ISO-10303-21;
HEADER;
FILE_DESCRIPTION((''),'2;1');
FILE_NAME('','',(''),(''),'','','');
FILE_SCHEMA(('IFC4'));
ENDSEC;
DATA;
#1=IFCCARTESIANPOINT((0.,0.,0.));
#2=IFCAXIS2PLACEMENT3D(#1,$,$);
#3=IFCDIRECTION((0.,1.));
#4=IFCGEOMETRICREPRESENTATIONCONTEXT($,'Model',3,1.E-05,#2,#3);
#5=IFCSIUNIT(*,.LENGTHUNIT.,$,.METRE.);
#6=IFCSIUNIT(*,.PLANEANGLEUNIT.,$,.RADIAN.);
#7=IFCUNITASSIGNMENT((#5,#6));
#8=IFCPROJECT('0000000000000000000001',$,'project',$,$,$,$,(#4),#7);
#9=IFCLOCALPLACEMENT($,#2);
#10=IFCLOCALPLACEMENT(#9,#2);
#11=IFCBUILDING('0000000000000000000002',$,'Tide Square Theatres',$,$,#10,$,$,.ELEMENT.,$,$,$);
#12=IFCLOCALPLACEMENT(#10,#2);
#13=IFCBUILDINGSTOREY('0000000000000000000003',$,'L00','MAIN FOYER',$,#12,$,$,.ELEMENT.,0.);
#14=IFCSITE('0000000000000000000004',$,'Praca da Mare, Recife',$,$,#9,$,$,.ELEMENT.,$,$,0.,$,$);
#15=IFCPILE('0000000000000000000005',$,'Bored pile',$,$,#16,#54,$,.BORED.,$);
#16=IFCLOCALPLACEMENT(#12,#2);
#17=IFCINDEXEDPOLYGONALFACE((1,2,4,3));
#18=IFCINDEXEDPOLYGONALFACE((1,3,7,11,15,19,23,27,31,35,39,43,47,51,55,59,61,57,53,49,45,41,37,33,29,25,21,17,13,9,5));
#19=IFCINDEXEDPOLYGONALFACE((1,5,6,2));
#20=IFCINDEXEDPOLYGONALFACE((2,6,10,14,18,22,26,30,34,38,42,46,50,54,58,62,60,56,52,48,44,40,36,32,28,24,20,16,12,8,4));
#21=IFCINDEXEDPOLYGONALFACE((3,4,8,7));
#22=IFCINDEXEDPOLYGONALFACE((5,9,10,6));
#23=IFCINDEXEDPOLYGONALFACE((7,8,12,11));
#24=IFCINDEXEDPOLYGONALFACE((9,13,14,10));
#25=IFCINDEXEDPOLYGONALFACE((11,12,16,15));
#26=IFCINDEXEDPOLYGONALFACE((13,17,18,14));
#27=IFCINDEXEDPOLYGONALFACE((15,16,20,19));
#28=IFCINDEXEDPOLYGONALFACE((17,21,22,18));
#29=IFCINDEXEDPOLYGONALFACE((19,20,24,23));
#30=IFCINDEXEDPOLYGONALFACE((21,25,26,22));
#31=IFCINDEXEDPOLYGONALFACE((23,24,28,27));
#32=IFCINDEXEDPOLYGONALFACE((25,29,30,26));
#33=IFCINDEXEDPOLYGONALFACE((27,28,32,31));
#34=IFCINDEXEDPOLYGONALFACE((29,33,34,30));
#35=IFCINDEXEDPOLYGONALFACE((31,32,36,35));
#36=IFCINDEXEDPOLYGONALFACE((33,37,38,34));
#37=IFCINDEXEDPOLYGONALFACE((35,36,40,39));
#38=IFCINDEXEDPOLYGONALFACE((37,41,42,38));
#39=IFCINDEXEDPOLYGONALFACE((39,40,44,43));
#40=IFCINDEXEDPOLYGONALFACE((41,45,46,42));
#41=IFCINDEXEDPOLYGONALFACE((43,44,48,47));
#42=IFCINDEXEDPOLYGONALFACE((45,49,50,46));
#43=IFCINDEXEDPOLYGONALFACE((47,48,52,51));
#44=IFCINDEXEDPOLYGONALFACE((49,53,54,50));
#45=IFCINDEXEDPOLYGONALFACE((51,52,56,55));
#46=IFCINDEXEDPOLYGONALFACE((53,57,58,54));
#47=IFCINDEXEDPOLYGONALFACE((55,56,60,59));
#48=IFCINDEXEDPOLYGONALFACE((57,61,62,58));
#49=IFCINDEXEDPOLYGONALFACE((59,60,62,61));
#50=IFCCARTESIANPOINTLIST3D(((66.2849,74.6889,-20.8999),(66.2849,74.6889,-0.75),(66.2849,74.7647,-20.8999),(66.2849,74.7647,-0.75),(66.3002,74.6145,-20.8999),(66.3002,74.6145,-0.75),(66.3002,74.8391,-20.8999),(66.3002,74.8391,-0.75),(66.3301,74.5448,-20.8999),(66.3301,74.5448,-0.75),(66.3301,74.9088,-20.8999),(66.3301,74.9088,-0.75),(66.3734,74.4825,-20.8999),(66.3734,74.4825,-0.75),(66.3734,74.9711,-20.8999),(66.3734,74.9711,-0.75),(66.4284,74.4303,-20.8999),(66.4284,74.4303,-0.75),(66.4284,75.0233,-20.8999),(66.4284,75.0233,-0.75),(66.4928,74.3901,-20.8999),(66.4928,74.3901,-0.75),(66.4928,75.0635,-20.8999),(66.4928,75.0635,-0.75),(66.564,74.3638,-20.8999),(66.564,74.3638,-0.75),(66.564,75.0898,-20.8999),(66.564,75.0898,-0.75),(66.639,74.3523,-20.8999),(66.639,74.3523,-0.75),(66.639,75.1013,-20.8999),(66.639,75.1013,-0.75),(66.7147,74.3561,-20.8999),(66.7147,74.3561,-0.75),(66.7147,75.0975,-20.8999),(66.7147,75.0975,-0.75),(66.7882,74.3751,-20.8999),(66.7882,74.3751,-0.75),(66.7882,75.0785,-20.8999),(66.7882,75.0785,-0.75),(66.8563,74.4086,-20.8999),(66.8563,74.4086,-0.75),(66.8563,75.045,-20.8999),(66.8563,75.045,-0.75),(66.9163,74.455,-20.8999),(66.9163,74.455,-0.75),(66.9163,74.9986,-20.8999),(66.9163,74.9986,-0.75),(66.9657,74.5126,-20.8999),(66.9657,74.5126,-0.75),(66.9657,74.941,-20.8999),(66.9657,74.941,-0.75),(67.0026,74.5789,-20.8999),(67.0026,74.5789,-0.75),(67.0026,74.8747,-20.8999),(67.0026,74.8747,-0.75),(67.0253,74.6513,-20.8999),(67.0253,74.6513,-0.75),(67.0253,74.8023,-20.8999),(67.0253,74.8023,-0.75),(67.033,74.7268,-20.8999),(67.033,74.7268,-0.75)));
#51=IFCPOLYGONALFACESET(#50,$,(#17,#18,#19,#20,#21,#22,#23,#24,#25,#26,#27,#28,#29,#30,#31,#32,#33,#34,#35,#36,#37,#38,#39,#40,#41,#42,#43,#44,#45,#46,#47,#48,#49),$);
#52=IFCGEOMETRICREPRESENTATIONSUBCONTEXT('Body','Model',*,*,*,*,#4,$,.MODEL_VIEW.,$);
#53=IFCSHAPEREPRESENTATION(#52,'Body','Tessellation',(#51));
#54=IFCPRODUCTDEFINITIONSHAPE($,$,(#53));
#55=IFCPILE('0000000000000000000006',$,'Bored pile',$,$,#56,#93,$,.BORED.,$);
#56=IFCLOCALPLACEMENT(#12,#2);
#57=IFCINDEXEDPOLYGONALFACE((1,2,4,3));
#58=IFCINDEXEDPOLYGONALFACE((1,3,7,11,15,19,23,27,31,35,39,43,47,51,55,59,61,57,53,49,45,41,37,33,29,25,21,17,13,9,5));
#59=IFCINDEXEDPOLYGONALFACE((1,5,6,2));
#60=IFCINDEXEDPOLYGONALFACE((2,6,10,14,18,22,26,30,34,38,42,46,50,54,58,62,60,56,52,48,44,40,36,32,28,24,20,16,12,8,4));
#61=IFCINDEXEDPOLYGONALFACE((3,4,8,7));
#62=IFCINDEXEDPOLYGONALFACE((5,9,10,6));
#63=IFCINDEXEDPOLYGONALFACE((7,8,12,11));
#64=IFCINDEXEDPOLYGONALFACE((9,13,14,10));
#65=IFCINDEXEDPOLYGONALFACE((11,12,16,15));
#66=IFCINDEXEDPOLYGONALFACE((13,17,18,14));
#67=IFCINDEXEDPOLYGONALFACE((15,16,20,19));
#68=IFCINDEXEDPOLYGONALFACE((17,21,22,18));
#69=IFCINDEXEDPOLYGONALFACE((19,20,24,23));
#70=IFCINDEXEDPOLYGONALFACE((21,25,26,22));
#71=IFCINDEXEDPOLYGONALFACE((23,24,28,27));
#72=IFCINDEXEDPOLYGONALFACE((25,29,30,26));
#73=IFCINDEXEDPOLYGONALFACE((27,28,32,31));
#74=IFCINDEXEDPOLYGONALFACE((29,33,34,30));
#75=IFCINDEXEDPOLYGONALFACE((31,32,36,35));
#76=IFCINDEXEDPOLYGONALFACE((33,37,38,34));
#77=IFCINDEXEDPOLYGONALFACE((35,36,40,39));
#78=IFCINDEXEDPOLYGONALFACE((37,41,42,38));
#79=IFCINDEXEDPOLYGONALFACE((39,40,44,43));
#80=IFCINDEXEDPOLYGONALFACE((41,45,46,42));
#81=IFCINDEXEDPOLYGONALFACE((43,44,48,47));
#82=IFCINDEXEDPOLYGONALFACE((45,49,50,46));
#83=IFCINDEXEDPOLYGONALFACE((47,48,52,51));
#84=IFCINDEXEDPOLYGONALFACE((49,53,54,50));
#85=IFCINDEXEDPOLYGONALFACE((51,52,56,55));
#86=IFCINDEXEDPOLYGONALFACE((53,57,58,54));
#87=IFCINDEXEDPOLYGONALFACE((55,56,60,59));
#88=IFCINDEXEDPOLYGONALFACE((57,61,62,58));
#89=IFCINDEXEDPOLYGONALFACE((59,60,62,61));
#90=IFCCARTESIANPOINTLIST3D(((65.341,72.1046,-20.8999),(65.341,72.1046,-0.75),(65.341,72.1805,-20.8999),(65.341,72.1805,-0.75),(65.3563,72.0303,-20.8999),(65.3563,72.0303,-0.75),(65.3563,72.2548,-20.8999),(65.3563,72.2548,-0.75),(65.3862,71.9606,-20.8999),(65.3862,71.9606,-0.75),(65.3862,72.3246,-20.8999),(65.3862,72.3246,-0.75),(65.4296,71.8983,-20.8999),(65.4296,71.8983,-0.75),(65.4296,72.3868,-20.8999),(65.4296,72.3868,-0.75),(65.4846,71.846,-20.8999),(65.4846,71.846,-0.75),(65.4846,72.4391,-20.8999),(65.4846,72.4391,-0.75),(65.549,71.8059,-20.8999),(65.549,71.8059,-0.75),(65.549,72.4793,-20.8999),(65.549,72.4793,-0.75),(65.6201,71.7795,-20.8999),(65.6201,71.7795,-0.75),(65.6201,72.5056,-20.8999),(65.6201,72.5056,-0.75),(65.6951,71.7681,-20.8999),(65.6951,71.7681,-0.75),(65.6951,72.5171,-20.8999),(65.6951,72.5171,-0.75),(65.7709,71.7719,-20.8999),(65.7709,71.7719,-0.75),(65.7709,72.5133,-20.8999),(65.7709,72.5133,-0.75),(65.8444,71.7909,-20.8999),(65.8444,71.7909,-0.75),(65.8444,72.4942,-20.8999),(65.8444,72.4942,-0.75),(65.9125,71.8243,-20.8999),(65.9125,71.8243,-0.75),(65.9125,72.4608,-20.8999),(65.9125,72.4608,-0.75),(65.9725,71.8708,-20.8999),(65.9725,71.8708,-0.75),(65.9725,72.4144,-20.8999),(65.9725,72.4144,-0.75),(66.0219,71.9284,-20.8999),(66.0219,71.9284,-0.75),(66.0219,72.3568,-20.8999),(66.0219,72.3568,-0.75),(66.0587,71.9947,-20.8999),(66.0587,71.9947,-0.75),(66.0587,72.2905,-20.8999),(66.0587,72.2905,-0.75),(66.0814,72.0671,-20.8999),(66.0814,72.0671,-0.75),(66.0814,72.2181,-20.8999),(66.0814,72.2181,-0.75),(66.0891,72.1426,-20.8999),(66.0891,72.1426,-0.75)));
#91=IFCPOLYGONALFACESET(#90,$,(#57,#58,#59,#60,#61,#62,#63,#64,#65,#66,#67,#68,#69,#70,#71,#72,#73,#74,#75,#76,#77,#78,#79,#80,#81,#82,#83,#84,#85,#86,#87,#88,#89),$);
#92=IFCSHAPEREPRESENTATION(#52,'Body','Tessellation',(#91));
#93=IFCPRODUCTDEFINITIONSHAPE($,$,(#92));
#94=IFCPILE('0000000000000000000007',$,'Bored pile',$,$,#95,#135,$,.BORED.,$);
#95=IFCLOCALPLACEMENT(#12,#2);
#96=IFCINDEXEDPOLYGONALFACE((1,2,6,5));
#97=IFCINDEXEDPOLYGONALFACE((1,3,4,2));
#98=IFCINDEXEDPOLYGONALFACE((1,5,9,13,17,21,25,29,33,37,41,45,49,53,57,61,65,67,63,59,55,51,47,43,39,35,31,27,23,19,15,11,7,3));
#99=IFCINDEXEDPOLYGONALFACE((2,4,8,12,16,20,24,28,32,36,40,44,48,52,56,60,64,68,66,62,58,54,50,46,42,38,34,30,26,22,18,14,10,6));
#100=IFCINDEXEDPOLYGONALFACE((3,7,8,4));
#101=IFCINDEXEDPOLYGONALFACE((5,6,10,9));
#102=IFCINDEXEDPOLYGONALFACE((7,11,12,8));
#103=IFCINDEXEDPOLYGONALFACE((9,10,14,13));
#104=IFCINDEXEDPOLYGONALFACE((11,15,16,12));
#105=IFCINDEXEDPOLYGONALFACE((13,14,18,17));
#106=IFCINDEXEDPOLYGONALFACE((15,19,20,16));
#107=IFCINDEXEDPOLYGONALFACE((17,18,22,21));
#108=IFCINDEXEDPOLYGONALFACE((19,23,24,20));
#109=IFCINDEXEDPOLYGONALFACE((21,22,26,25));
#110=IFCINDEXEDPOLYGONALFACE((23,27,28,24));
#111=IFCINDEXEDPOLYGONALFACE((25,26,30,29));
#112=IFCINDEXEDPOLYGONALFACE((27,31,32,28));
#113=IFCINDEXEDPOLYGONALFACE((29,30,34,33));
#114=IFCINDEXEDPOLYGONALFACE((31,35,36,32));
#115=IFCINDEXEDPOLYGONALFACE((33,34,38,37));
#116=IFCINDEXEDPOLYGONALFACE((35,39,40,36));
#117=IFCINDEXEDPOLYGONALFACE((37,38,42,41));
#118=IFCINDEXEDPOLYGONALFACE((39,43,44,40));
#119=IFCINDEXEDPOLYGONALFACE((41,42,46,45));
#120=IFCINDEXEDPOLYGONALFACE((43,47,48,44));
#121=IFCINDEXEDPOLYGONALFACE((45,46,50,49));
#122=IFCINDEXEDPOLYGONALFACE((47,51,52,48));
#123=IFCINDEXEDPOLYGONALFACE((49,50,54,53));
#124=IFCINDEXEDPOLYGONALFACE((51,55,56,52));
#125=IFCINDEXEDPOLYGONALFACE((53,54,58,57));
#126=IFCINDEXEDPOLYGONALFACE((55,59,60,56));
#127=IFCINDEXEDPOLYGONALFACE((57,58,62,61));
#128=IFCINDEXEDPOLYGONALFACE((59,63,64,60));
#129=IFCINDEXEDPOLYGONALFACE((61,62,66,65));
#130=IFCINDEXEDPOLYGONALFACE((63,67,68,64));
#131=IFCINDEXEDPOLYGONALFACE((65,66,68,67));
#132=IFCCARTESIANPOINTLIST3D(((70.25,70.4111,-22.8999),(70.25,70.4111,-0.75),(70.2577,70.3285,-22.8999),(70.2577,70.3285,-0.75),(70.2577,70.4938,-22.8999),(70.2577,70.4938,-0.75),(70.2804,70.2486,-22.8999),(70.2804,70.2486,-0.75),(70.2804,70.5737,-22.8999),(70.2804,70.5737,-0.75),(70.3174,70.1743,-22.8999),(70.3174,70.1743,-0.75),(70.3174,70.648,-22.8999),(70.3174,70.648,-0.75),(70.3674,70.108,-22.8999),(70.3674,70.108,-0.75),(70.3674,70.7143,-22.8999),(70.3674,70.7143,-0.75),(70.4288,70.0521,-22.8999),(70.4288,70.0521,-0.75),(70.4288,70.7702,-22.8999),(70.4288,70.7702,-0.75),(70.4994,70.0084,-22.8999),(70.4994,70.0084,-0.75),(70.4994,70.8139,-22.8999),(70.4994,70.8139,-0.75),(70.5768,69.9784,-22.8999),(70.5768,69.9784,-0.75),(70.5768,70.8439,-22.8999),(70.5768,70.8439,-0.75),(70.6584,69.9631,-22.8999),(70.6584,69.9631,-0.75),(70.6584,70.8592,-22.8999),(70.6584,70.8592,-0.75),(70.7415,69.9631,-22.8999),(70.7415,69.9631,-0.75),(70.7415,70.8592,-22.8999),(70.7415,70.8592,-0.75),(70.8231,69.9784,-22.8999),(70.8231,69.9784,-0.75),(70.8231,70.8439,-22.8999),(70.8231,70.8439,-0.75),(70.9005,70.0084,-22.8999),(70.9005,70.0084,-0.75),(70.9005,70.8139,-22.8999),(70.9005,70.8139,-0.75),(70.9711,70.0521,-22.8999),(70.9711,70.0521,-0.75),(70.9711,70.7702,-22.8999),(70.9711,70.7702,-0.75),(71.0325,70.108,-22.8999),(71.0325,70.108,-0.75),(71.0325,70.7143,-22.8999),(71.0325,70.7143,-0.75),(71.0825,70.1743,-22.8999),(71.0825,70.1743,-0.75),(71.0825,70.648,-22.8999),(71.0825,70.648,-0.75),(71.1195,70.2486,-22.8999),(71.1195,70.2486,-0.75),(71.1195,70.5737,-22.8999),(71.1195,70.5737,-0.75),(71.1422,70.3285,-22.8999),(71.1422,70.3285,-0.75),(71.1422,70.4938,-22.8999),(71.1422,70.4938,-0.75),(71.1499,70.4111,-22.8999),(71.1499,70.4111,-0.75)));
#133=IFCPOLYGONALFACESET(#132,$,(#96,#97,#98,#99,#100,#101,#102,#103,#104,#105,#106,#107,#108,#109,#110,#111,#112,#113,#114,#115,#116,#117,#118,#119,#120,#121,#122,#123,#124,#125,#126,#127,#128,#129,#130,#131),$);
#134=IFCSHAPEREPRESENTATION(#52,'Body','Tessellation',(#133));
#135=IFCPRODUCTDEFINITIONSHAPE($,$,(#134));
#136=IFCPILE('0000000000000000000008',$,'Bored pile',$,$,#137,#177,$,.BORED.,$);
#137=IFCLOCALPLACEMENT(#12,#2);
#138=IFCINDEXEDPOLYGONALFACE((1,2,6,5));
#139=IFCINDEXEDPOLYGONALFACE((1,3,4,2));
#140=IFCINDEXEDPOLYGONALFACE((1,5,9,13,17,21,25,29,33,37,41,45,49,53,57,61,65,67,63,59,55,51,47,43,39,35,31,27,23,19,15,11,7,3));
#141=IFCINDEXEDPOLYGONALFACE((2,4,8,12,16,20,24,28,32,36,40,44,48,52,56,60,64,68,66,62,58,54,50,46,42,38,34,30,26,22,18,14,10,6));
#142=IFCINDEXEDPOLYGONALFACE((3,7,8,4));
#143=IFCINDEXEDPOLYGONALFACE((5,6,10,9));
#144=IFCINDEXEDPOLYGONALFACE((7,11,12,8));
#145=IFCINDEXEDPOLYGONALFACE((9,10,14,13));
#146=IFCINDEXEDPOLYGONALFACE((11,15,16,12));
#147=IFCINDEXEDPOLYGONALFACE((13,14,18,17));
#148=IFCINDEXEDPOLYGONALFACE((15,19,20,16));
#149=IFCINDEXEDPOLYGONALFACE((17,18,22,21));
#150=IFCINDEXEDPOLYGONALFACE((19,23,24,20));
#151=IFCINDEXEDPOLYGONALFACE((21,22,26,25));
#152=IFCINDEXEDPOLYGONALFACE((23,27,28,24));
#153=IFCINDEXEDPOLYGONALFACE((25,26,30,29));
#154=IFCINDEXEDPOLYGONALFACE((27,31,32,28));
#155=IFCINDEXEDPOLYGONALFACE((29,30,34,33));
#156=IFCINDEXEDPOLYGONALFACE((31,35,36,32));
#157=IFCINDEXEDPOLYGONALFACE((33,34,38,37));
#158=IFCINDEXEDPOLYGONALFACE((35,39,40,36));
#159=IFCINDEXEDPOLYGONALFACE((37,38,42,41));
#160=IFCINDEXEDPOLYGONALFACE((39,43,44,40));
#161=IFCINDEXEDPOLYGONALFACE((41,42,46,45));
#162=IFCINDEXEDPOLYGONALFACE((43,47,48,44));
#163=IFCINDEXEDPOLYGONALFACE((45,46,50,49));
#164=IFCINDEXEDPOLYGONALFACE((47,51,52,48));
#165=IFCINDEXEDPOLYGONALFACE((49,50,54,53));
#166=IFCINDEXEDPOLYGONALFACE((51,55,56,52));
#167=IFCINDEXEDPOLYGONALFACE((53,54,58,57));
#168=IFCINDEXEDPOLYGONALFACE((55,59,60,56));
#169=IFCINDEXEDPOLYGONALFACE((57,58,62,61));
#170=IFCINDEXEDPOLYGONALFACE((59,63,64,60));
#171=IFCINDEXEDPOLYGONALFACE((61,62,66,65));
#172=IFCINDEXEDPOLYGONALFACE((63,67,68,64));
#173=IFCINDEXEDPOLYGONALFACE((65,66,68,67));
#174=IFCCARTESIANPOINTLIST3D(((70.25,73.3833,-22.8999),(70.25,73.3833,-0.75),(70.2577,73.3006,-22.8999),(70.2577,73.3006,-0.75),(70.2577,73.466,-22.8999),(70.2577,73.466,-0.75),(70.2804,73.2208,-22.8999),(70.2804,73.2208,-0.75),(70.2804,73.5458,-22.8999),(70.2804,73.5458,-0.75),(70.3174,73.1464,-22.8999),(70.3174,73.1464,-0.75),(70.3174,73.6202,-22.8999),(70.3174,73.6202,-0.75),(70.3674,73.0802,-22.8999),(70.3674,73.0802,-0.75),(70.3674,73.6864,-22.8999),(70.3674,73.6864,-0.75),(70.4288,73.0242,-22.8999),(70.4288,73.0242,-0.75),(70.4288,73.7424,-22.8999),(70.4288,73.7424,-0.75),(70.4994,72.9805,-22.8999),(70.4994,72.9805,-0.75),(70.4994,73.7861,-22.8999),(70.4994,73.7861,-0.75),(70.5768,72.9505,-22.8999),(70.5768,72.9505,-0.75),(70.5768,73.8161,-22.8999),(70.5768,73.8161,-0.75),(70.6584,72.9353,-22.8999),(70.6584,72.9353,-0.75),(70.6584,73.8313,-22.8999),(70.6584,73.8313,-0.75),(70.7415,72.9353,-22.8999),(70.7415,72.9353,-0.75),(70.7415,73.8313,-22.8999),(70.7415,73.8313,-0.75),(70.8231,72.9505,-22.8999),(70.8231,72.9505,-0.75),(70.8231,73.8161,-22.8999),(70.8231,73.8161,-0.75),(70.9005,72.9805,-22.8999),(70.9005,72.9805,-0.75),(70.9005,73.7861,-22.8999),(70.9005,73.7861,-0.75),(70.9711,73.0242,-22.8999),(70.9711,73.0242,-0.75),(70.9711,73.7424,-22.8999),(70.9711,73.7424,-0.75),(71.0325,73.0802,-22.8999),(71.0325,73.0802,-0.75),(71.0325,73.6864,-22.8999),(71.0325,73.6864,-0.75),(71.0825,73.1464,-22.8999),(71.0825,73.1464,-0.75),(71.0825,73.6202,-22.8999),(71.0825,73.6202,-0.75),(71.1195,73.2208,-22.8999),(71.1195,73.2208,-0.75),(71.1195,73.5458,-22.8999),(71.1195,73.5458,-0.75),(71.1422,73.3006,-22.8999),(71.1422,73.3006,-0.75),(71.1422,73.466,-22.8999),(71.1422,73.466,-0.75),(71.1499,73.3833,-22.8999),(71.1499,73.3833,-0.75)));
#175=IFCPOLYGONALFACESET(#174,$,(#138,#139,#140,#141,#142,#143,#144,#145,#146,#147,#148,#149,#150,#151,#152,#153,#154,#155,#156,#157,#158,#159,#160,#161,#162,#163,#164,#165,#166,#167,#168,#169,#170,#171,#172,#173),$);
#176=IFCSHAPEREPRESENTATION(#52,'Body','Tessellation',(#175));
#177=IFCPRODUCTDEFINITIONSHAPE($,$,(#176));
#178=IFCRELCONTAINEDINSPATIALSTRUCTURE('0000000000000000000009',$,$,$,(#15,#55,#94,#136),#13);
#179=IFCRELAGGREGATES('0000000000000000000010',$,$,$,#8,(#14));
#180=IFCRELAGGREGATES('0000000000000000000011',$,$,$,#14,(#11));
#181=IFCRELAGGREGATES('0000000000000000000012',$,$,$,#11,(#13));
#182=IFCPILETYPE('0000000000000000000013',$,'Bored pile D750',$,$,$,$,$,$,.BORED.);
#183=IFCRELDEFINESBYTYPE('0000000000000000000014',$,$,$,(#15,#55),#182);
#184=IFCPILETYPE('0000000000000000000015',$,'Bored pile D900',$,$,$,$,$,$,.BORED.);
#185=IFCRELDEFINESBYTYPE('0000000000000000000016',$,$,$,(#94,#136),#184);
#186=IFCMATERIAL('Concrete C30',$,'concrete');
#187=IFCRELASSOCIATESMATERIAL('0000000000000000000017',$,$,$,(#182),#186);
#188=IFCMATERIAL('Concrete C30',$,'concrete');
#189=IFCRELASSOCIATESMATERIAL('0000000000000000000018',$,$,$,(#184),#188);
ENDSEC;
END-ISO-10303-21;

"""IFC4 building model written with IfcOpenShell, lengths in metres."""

from ifc_helpers import new_model, si_unit, direction, frame, origin, origin_2d, place, context, subcontext, project, spatial, circle, extrude, material, material_profile, profile_set, type_object, element, save


model = new_model("IFC4")

# Units and contexts
model_context = context("Model", 3, precision=1e-05, world=origin(), true_north=direction((0.0, 1.0)))
body_context = subcontext(model_context, "Body", "Model", "MODEL_VIEW")
ifc_project = project(units=[si_unit("LENGTHUNIT", "METRE"), si_unit("PLANEANGLEUNIT", "RADIAN")], contexts=[model_context])

# Site, building, storey
site_placement = place(None, origin())
site = spatial("IfcSite", under=ifc_project, at=site_placement, Name="Praca da Mare, Recife", CompositionType="ELEMENT", RefElevation=0.0)
building_placement = place(site_placement, origin())
building = spatial("IfcBuilding", under=site, at=building_placement, Name="Tide Square Theatres", CompositionType="ELEMENT")
storey_placement = place(building_placement, origin())
storey = spatial("IfcBuildingStorey", under=building, at=storey_placement, Name="L00", Description="MAIN FOYER", CompositionType="ELEMENT", Elevation=0.0)

# Piles
ifc_material_1 = material(Name="Concrete C30", Category="concrete")
ifc_material_profile_1 = material_profile(ifc_material_1, circle(Radius=0.375, at=origin_2d()))
ifc_profile_set_1 = profile_set([ifc_material_profile_1], Name="Concrete C30")
pile_type_1 = type_object("IfcPileType", Name="Bored pile D750", PredefinedType="BORED", material=ifc_profile_set_1)
for number, where, z_axis, x_axis, name in (
    (1, (66.658, 74.7268, -0.75), (0.0, 0.0, -1.0), (1.0, 0.0, 0.0), "Bored pile"),
    (2, (65.7141, 72.1426, -0.75), (0.0, 0.0, -1.0), (1.0, 0.0, 0.0), "Bored pile"),
):
    element("IfcPile", number, at=place(storey_placement, frame(where, z_axis=z_axis, x_axis=x_axis)), inside=storey, type_object=pile_type_1, Name=name, PredefinedType="BORED", context=body_context, shape_type="SweptSolid", body=[
        extrude(circle(Radius=0.375, at=origin_2d()), origin(), (0.0, 0.0, 1.0), 20.1499),
    ])
ifc_material_2 = material(Name="Concrete C30", Category="concrete")
ifc_material_profile_2 = material_profile(ifc_material_2, circle(Radius=0.45, at=origin_2d()))
ifc_profile_set_2 = profile_set([ifc_material_profile_2], Name="Concrete C30")
pile_type_2 = type_object("IfcPileType", Name="Bored pile D900", PredefinedType="BORED", material=ifc_profile_set_2)
for number, where, z_axis, x_axis, name in (
    (3, (70.7, 70.4111, -0.75), (0.0, 0.0, -1.0), (1.0, 0.0, 0.0), "Bored pile"),
    (4, (70.7, 73.3833, -0.75), (0.0, 0.0, -1.0), (1.0, 0.0, 0.0), "Bored pile"),
):
    element("IfcPile", number, at=place(storey_placement, frame(where, z_axis=z_axis, x_axis=x_axis)), inside=storey, type_object=pile_type_2, Name=name, PredefinedType="BORED", context=body_context, shape_type="SweptSolid", body=[
        extrude(circle(Radius=0.45, at=origin_2d()), origin(), (0.0, 0.0, 1.0), 22.1499),
    ])

save(model, "model.ifc")
